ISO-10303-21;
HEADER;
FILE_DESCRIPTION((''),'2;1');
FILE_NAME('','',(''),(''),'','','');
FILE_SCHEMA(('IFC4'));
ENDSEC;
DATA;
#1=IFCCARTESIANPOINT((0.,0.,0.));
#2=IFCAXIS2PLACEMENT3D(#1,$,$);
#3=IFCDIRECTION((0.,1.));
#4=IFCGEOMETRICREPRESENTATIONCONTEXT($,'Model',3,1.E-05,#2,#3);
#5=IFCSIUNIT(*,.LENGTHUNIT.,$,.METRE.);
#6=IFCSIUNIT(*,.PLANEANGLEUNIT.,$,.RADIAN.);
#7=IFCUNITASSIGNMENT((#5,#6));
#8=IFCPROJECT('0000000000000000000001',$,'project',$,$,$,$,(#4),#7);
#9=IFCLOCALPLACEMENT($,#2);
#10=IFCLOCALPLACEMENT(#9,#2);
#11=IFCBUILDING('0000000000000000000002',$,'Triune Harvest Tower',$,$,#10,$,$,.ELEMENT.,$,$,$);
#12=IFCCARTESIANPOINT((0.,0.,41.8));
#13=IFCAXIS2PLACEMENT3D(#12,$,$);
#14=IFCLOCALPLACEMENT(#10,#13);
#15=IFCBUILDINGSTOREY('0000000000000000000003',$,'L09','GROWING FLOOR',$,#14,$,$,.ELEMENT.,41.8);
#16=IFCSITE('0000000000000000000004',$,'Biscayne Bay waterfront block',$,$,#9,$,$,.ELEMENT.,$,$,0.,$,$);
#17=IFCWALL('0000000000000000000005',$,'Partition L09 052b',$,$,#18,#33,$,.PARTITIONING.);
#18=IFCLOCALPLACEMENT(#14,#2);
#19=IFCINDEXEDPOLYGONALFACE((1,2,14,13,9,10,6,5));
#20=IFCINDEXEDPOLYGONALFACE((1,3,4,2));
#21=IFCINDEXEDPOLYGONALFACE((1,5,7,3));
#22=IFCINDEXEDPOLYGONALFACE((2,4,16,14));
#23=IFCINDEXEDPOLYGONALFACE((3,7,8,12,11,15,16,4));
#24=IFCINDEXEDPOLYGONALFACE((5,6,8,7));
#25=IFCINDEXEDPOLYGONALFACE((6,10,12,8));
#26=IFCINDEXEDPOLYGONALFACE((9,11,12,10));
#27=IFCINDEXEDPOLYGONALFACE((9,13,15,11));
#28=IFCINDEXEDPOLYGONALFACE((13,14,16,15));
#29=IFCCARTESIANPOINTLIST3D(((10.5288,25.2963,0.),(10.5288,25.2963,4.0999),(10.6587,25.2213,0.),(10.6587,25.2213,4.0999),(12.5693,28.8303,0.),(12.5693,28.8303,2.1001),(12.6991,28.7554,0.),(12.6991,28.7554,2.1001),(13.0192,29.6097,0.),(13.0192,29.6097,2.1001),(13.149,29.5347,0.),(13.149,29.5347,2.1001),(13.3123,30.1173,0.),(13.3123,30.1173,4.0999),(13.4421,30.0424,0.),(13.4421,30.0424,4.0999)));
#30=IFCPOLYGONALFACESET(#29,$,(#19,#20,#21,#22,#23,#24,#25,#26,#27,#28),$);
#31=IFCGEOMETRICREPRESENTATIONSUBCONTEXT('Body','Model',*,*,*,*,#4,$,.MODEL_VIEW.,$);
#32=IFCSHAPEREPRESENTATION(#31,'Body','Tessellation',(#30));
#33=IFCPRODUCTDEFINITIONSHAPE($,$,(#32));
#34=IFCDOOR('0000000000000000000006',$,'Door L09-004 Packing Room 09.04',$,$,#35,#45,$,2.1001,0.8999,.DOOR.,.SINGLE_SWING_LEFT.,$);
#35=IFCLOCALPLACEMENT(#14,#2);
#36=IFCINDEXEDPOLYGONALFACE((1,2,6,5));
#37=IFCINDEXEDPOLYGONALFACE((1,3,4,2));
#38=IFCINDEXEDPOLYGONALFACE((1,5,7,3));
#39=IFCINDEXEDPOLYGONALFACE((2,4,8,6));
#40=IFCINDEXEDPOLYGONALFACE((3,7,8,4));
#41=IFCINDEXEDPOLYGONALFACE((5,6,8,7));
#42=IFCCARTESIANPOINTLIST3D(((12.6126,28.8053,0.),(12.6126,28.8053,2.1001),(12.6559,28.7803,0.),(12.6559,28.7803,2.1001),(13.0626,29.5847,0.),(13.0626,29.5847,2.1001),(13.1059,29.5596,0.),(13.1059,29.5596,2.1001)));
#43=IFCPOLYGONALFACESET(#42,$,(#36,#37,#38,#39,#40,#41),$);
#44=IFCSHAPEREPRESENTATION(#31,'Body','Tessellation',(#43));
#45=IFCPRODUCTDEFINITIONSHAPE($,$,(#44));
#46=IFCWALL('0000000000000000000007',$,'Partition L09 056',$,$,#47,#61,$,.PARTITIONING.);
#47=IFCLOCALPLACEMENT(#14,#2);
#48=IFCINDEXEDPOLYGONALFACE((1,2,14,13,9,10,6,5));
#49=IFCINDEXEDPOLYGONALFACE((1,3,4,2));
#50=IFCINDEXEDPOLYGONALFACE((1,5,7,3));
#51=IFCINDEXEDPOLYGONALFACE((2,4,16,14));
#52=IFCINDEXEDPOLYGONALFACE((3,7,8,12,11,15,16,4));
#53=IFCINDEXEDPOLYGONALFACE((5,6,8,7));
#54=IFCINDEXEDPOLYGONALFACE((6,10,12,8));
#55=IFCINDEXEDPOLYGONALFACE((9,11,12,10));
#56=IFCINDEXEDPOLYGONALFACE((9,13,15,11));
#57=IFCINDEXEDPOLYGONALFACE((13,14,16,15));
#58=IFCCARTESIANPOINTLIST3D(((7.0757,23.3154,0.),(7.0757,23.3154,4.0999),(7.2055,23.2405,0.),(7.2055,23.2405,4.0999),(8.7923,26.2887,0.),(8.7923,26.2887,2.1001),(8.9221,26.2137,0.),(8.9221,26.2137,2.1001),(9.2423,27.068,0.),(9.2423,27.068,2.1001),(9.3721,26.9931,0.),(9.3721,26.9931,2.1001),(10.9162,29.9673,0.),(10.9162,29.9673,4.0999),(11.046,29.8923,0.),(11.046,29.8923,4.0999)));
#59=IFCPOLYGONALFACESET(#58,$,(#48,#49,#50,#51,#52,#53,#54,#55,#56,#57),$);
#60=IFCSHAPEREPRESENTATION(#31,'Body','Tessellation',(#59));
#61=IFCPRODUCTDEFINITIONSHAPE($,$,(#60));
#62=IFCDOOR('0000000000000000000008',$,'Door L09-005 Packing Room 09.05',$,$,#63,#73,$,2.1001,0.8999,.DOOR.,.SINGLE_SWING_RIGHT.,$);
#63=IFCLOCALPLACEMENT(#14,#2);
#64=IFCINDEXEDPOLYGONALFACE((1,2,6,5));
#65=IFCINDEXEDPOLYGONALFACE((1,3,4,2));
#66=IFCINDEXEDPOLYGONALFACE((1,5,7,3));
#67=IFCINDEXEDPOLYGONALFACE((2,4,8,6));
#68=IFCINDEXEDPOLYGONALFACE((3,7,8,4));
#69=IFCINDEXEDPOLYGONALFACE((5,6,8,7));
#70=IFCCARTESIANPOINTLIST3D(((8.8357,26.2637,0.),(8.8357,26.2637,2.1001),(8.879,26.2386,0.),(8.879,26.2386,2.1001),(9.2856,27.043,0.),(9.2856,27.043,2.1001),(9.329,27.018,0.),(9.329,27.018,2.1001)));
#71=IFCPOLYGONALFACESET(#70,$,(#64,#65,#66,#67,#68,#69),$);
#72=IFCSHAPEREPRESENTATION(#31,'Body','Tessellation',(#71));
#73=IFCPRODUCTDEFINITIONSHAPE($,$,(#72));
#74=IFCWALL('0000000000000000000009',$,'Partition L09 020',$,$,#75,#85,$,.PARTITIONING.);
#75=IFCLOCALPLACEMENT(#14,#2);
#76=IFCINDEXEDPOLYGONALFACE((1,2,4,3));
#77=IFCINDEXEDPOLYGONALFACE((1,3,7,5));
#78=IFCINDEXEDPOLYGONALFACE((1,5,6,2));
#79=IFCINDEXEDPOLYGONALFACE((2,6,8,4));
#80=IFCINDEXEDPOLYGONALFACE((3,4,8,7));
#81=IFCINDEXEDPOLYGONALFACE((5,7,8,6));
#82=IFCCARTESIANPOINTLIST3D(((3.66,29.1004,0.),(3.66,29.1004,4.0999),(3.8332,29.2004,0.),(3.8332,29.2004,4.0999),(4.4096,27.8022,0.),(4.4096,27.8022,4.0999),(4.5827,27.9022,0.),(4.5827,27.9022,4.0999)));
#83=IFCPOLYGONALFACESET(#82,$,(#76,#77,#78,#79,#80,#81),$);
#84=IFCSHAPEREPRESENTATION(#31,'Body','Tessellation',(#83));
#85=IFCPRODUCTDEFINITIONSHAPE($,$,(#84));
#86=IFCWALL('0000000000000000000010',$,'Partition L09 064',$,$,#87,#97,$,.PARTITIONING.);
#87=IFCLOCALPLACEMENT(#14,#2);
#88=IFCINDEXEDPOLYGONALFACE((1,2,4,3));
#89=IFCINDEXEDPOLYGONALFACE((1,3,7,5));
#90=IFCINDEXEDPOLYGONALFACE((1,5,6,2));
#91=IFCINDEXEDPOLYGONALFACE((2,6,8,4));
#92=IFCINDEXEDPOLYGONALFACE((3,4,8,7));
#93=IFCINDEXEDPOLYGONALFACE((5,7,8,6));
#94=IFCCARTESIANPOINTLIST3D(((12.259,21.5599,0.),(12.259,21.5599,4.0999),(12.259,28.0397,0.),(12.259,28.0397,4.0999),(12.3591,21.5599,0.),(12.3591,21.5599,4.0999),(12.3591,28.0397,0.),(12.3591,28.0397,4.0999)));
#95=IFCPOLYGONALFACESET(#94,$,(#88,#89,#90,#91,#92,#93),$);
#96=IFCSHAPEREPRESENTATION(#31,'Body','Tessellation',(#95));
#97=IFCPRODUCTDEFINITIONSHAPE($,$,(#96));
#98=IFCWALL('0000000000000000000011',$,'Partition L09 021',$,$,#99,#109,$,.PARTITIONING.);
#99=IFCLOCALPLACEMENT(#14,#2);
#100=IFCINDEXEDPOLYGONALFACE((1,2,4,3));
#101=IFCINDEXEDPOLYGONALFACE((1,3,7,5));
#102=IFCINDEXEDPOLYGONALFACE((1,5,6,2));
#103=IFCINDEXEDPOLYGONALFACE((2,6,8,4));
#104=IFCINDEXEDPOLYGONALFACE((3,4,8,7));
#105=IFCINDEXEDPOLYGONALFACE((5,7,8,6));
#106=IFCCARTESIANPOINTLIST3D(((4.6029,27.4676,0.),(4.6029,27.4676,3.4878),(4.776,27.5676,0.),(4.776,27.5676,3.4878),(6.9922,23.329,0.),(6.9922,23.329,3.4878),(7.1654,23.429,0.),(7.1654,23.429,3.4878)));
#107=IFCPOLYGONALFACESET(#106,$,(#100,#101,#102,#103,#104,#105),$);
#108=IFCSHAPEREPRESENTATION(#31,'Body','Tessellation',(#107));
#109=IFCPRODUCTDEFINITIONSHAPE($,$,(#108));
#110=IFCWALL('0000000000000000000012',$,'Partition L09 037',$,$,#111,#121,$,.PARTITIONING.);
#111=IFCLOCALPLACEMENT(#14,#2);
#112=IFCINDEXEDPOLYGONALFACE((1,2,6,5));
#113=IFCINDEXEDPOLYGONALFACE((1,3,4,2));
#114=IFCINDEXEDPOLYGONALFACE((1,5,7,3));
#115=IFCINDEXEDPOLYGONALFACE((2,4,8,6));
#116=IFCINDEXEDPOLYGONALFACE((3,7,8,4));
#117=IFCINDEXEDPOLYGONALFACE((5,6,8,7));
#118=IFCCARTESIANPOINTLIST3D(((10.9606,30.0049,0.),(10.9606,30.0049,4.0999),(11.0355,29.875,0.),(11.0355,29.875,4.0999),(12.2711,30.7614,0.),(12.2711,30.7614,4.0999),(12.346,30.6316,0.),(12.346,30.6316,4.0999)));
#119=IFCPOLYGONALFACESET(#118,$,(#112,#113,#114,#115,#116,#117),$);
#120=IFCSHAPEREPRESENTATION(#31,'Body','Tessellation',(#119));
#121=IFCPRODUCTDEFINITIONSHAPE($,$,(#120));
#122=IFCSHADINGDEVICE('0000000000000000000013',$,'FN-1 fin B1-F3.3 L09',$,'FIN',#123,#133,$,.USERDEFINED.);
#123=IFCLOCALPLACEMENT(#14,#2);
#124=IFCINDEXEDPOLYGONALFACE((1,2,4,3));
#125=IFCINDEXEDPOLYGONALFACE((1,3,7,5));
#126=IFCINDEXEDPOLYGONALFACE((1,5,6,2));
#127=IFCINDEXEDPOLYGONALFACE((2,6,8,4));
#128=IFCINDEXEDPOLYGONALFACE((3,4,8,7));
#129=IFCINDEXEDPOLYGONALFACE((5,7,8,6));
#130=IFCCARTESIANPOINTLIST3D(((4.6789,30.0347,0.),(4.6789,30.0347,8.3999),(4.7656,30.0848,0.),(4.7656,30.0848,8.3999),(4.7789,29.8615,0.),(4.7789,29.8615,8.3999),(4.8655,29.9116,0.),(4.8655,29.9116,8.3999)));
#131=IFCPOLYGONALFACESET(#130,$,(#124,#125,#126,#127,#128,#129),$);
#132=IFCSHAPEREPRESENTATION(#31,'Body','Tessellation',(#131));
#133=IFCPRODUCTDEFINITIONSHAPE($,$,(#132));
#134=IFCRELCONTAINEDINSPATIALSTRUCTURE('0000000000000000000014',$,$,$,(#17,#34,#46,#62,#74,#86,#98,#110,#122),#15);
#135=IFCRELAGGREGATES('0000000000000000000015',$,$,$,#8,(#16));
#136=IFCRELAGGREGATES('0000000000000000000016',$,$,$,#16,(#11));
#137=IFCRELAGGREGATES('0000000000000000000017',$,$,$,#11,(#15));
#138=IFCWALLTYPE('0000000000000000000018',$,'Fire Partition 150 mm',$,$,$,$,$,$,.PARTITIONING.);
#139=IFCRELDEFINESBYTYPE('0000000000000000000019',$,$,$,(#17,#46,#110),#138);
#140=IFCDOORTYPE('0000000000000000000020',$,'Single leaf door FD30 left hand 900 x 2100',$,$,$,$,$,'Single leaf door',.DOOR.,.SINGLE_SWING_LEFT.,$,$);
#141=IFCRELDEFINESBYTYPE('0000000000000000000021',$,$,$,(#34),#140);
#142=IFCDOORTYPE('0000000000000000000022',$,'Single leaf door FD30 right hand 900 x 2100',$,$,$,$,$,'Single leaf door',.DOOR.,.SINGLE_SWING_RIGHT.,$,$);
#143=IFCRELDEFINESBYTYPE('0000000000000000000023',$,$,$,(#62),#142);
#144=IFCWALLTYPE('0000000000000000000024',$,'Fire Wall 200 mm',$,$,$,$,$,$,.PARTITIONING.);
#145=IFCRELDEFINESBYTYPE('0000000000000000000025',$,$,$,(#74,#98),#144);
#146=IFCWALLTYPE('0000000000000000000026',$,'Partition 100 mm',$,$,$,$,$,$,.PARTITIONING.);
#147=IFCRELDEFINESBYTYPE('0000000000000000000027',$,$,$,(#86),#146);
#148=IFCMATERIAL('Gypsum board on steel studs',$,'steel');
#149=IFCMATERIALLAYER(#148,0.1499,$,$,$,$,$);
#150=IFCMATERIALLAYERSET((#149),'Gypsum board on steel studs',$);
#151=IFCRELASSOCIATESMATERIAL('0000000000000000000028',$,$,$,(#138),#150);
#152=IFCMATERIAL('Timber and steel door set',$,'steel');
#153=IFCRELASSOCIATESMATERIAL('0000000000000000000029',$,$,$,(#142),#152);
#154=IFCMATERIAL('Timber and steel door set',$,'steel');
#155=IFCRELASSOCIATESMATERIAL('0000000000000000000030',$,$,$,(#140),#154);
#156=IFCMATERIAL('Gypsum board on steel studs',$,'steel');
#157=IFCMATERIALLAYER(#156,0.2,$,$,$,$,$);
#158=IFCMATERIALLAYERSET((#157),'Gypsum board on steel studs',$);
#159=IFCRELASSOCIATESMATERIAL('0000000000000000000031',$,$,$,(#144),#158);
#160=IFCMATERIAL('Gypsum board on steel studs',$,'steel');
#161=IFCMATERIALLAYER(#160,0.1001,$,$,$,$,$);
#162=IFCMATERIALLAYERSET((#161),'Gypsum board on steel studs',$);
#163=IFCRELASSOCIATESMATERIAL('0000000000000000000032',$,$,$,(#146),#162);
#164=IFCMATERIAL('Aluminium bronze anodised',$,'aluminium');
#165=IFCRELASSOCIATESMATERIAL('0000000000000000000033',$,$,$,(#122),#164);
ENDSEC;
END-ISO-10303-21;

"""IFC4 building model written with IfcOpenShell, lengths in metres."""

from ifc_helpers import new_model, si_unit, direction, frame, frame_2d, origin, origin_2d, place, context, subcontext, project, spatial, rectangle, extrude, source, transform, mapped, material, layer, layer_set, type_object, element, fill, save


model = new_model("IFC4")

# Units and contexts
model_context = context("Model", 3, precision=1e-05, world=origin(), true_north=direction((0.0, 1.0)))
body_context = subcontext(model_context, "Body", "Model", "MODEL_VIEW")
ifc_project = project(units=[si_unit("LENGTHUNIT", "METRE"), si_unit("PLANEANGLEUNIT", "RADIAN")], contexts=[model_context])

# Site, building, storey
site_placement = place(None, origin())
site = spatial("IfcSite", under=ifc_project, at=site_placement, Name="Biscayne Bay waterfront block", CompositionType="ELEMENT", RefElevation=0.0)
building_placement = place(site_placement, origin())
building = spatial("IfcBuilding", under=site, at=building_placement, Name="Triune Harvest Tower", CompositionType="ELEMENT")
storey_placement = place(building_placement, frame((0.0, 0.0, 41.8)))
storey = spatial("IfcBuildingStorey", under=building, at=storey_placement, Name="L09", Description="GROWING FLOOR", CompositionType="ELEMENT", Elevation=41.8)

# Walls, openings, doors
ifc_material_1 = material(Name="Gypsum board on steel studs", Category="steel")
ifc_layer_1 = layer(ifc_material_1, 0.1499)
ifc_layer_set_1 = layer_set([ifc_layer_1], Name="Gypsum board on steel studs")
wall_type_1 = type_object("IfcWallType", Name="Fire Partition 150 mm", PredefinedType="PARTITIONING", material=ifc_layer_set_1)
ifc_material_2 = material(Name="Timber and steel door set", Category="steel")
door_type_1 = type_object("IfcDoorType", Name="Single leaf door FD30 right hand 900 x 2100", ElementType="Single leaf door", OperationType="SINGLE_SWING_RIGHT", PredefinedType="DOOR", material=ifc_material_2)
wall_1_placement = place(storey_placement, frame((10.5938, 25.2588, 0.0), z_axis=(0.0, 0.0, 1.0), x_axis=(0.500002, 0.866024, 0.0)))
wall_1 = element("IfcWall", 1, at=wall_1_placement, inside=storey, type_object=wall_type_1, Name="Partition L09 052b", PredefinedType="PARTITIONING", context=body_context, shape_type="SweptSolid", body=[
    extrude(rectangle(XDim=5.5669, YDim=0.1499, at=frame_2d((2.7834, 0.0))), origin(), (0.0, 0.0, 1.0), 4.0999),
])
opening_1_placement = place(wall_1_placement, frame((4.0808, 0.0, 0.0)))
opening_1 = element("IfcOpeningElement", 2, at=opening_1_placement, cuts=wall_1, PredefinedType="OPENING", context=body_context, shape_type="SweptSolid", body=[
    extrude(rectangle(XDim=0.8999, YDim=2.1001, at=frame_2d((0.45, 1.05))), frame((0.0, 0.085, 0.0), z_axis=(0.0, -1.0, 0.0), x_axis=(1.0, 0.0, 0.0)), (0.0, 0.0, 1.0), 0.1699),
])
ifc_material_3 = material(Name="Timber and steel door set", Category="steel")
door_type_2 = type_object("IfcDoorType", Name="Single leaf door FD30 left hand 900 x 2100", ElementType="Single leaf door", OperationType="SINGLE_SWING_LEFT", PredefinedType="DOOR", material=ifc_material_3)
door_1_placement = place(opening_1_placement, origin())
door_1 = element("IfcDoor", 3, at=door_1_placement, inside=storey, type_object=door_type_2, Name="Door L09-004 Packing Room 09.04", OperationType="SINGLE_SWING_LEFT", OverallHeight=2.1001, OverallWidth=0.8999, PredefinedType="DOOR", context=body_context, shape_type="SweptSolid", body=[
    extrude(rectangle(XDim=0.8999, YDim=2.1001, at=frame_2d((0.45, 1.05))), frame((0.0, 0.0249, 0.0), z_axis=(0.0, -1.0, 0.0), x_axis=(1.0, 0.0, 0.0)), (0.0, 0.0, 1.0), 0.05),
])
fill(opening_1, door_1)
wall_2_placement = place(storey_placement, frame((7.1406, 23.2781, 0.0), z_axis=(0.0, 0.0, 1.0), x_axis=(0.500012, 0.866018, 0.0)))
wall_2 = element("IfcWall", 4, at=wall_2_placement, inside=storey, type_object=wall_type_1, Name="Partition L09 056", PredefinedType="PARTITIONING", context=body_context, shape_type="SweptSolid", body=[
    extrude(rectangle(XDim=7.6809, YDim=0.1499, at=frame_2d((3.8403, 0.0))), origin(), (0.0, 0.0, 1.0), 4.0999),
])
opening_2_placement = place(wall_2_placement, frame((3.4331, 0.0, 0.0)))
opening_2 = element("IfcOpeningElement", 5, at=opening_2_placement, cuts=wall_2, PredefinedType="OPENING", context=body_context, shape_type="SweptSolid", body=[
    extrude(rectangle(XDim=0.8999, YDim=2.1001, at=frame_2d((0.45, 1.05))), frame((0.0, 0.085, 0.0), z_axis=(0.0, -1.0, 0.0), x_axis=(1.0, 0.0, 0.0)), (0.0, 0.0, 1.0), 0.1699),
])
door_2_placement = place(opening_2_placement, origin())
door_2 = element("IfcDoor", 6, at=door_2_placement, inside=storey, type_object=door_type_1, Name="Door L09-005 Packing Room 09.05", OperationType="SINGLE_SWING_RIGHT", OverallHeight=2.1001, OverallWidth=0.8999, PredefinedType="DOOR", context=body_context, shape_type="SweptSolid", body=[
    extrude(rectangle(XDim=0.8999, YDim=2.1001, at=frame_2d((0.45, 1.05))), frame((0.0, 0.0249, 0.0), z_axis=(0.0, -1.0, 0.0), x_axis=(1.0, 0.0, 0.0)), (0.0, 0.0, 1.0), 0.05),
])
fill(opening_2, door_2)

# Walls
ifc_material_4 = material(Name="Gypsum board on steel studs", Category="steel")
ifc_layer_2 = layer(ifc_material_4, 0.2)
ifc_layer_set_2 = layer_set([ifc_layer_2], Name="Gypsum board on steel studs")
wall_type_2 = type_object("IfcWallType", Name="Fire Wall 200 mm", PredefinedType="PARTITIONING", material=ifc_layer_set_2)
wall_3_placement = place(storey_placement, frame((3.7466, 29.1504, 0.0), z_axis=(0.0, 0.0, 1.0), x_axis=(0.500028, -0.866009, 0.0)))
element("IfcWall", 7, at=wall_3_placement, inside=storey, type_object=wall_type_2, Name="Partition L09 020", PredefinedType="PARTITIONING", context=body_context, shape_type="SweptSolid", body=[
    extrude(rectangle(XDim=1.499, YDim=0.2, at=frame_2d((0.7495, 0.0))), origin(), (0.0, 0.0, 1.0), 4.0999),
])
ifc_material_5 = material(Name="Gypsum board on steel studs", Category="steel")
ifc_layer_3 = layer(ifc_material_5, 0.1001)
ifc_layer_set_3 = layer_set([ifc_layer_3], Name="Gypsum board on steel studs")
wall_type_3 = type_object("IfcWallType", Name="Partition 100 mm", PredefinedType="PARTITIONING", material=ifc_layer_set_3)
wall_4_placement = place(storey_placement, frame((12.3091, 21.5601, 0.0), z_axis=(0.0, 0.0, 1.0), x_axis=(0.0, 1.0, 0.0)))
element("IfcWall", 8, at=wall_4_placement, inside=storey, type_object=wall_type_3, Name="Partition L09 064", PredefinedType="PARTITIONING", context=body_context, shape_type="SweptSolid", body=[
    extrude(rectangle(XDim=6.4797, YDim=0.1001, at=frame_2d((3.2397, 0.0))), origin(), (0.0, 0.0, 1.0), 4.0999),
])
shared_shape_1 = source(origin(), body_context, "Body", "SweptSolid", [
    extrude(rectangle(XDim=4.7788, YDim=0.2, at=frame_2d((2.3894, 0.0))), origin(), (0.0, 0.0, 1.0), 3.4878),
])
wall_5_placement = place(storey_placement, frame((4.6895, 27.5176, 0.0), z_axis=(0.0, 0.0, 1.0), x_axis=(0.499991, -0.866031, 0.0)))
element("IfcWall", 9, at=wall_5_placement, inside=storey, type_object=wall_type_2, Name="Partition L09 021", PredefinedType="PARTITIONING", context=body_context, shape_type="MappedRepresentation", body=[
    mapped(shared_shape_1, transform((0.0, 0.0, 0.0), scale=1.0)),
])
shared_shape_2 = source(origin(), body_context, "Body", "SweptSolid", [
    extrude(rectangle(XDim=1.5132, YDim=0.1499, at=frame_2d((0.7566, 0.0))), origin(), (0.0, 0.0, 1.0), 4.0999),
])
wall_6_placement = place(storey_placement, frame((10.998, 29.9399, 0.0), z_axis=(0.0, 0.0, 1.0), x_axis=(0.866041, 0.499974, 0.0)))
element("IfcWall", 10, at=wall_6_placement, inside=storey, type_object=wall_type_1, Name="Partition L09 037", PredefinedType="PARTITIONING", context=body_context, shape_type="MappedRepresentation", body=[
    mapped(shared_shape_2, transform((0.0, 0.0, 0.0), scale=1.0)),
])

# Shading device
ifc_material_6 = material(Name="Aluminium bronze anodised", Category="aluminium")
shared_shape_3 = source(origin(), body_context, "Body", "SweptSolid", [
    extrude(rectangle(XDim=0.1001, YDim=0.2, at=origin_2d()), origin(), (0.0, 0.0, 1.0), 8.3999),
])
shading_device_placement = place(storey_placement, frame((4.7722, 29.9731, 0.0), z_axis=(0.0, 0.0, 1.0), x_axis=(-0.866025, -0.5, 0.0)))
element("IfcShadingDevice", 11, at=shading_device_placement, inside=storey, material=ifc_material_6, Name="FN-1 fin B1-F3.3 L09", ObjectType="FIN", PredefinedType="USERDEFINED", context=body_context, shape_type="MappedRepresentation", body=[
    mapped(shared_shape_3, transform((0.0, 0.0, 0.0), scale=1.0)),
])

save(model, "model.ifc")
